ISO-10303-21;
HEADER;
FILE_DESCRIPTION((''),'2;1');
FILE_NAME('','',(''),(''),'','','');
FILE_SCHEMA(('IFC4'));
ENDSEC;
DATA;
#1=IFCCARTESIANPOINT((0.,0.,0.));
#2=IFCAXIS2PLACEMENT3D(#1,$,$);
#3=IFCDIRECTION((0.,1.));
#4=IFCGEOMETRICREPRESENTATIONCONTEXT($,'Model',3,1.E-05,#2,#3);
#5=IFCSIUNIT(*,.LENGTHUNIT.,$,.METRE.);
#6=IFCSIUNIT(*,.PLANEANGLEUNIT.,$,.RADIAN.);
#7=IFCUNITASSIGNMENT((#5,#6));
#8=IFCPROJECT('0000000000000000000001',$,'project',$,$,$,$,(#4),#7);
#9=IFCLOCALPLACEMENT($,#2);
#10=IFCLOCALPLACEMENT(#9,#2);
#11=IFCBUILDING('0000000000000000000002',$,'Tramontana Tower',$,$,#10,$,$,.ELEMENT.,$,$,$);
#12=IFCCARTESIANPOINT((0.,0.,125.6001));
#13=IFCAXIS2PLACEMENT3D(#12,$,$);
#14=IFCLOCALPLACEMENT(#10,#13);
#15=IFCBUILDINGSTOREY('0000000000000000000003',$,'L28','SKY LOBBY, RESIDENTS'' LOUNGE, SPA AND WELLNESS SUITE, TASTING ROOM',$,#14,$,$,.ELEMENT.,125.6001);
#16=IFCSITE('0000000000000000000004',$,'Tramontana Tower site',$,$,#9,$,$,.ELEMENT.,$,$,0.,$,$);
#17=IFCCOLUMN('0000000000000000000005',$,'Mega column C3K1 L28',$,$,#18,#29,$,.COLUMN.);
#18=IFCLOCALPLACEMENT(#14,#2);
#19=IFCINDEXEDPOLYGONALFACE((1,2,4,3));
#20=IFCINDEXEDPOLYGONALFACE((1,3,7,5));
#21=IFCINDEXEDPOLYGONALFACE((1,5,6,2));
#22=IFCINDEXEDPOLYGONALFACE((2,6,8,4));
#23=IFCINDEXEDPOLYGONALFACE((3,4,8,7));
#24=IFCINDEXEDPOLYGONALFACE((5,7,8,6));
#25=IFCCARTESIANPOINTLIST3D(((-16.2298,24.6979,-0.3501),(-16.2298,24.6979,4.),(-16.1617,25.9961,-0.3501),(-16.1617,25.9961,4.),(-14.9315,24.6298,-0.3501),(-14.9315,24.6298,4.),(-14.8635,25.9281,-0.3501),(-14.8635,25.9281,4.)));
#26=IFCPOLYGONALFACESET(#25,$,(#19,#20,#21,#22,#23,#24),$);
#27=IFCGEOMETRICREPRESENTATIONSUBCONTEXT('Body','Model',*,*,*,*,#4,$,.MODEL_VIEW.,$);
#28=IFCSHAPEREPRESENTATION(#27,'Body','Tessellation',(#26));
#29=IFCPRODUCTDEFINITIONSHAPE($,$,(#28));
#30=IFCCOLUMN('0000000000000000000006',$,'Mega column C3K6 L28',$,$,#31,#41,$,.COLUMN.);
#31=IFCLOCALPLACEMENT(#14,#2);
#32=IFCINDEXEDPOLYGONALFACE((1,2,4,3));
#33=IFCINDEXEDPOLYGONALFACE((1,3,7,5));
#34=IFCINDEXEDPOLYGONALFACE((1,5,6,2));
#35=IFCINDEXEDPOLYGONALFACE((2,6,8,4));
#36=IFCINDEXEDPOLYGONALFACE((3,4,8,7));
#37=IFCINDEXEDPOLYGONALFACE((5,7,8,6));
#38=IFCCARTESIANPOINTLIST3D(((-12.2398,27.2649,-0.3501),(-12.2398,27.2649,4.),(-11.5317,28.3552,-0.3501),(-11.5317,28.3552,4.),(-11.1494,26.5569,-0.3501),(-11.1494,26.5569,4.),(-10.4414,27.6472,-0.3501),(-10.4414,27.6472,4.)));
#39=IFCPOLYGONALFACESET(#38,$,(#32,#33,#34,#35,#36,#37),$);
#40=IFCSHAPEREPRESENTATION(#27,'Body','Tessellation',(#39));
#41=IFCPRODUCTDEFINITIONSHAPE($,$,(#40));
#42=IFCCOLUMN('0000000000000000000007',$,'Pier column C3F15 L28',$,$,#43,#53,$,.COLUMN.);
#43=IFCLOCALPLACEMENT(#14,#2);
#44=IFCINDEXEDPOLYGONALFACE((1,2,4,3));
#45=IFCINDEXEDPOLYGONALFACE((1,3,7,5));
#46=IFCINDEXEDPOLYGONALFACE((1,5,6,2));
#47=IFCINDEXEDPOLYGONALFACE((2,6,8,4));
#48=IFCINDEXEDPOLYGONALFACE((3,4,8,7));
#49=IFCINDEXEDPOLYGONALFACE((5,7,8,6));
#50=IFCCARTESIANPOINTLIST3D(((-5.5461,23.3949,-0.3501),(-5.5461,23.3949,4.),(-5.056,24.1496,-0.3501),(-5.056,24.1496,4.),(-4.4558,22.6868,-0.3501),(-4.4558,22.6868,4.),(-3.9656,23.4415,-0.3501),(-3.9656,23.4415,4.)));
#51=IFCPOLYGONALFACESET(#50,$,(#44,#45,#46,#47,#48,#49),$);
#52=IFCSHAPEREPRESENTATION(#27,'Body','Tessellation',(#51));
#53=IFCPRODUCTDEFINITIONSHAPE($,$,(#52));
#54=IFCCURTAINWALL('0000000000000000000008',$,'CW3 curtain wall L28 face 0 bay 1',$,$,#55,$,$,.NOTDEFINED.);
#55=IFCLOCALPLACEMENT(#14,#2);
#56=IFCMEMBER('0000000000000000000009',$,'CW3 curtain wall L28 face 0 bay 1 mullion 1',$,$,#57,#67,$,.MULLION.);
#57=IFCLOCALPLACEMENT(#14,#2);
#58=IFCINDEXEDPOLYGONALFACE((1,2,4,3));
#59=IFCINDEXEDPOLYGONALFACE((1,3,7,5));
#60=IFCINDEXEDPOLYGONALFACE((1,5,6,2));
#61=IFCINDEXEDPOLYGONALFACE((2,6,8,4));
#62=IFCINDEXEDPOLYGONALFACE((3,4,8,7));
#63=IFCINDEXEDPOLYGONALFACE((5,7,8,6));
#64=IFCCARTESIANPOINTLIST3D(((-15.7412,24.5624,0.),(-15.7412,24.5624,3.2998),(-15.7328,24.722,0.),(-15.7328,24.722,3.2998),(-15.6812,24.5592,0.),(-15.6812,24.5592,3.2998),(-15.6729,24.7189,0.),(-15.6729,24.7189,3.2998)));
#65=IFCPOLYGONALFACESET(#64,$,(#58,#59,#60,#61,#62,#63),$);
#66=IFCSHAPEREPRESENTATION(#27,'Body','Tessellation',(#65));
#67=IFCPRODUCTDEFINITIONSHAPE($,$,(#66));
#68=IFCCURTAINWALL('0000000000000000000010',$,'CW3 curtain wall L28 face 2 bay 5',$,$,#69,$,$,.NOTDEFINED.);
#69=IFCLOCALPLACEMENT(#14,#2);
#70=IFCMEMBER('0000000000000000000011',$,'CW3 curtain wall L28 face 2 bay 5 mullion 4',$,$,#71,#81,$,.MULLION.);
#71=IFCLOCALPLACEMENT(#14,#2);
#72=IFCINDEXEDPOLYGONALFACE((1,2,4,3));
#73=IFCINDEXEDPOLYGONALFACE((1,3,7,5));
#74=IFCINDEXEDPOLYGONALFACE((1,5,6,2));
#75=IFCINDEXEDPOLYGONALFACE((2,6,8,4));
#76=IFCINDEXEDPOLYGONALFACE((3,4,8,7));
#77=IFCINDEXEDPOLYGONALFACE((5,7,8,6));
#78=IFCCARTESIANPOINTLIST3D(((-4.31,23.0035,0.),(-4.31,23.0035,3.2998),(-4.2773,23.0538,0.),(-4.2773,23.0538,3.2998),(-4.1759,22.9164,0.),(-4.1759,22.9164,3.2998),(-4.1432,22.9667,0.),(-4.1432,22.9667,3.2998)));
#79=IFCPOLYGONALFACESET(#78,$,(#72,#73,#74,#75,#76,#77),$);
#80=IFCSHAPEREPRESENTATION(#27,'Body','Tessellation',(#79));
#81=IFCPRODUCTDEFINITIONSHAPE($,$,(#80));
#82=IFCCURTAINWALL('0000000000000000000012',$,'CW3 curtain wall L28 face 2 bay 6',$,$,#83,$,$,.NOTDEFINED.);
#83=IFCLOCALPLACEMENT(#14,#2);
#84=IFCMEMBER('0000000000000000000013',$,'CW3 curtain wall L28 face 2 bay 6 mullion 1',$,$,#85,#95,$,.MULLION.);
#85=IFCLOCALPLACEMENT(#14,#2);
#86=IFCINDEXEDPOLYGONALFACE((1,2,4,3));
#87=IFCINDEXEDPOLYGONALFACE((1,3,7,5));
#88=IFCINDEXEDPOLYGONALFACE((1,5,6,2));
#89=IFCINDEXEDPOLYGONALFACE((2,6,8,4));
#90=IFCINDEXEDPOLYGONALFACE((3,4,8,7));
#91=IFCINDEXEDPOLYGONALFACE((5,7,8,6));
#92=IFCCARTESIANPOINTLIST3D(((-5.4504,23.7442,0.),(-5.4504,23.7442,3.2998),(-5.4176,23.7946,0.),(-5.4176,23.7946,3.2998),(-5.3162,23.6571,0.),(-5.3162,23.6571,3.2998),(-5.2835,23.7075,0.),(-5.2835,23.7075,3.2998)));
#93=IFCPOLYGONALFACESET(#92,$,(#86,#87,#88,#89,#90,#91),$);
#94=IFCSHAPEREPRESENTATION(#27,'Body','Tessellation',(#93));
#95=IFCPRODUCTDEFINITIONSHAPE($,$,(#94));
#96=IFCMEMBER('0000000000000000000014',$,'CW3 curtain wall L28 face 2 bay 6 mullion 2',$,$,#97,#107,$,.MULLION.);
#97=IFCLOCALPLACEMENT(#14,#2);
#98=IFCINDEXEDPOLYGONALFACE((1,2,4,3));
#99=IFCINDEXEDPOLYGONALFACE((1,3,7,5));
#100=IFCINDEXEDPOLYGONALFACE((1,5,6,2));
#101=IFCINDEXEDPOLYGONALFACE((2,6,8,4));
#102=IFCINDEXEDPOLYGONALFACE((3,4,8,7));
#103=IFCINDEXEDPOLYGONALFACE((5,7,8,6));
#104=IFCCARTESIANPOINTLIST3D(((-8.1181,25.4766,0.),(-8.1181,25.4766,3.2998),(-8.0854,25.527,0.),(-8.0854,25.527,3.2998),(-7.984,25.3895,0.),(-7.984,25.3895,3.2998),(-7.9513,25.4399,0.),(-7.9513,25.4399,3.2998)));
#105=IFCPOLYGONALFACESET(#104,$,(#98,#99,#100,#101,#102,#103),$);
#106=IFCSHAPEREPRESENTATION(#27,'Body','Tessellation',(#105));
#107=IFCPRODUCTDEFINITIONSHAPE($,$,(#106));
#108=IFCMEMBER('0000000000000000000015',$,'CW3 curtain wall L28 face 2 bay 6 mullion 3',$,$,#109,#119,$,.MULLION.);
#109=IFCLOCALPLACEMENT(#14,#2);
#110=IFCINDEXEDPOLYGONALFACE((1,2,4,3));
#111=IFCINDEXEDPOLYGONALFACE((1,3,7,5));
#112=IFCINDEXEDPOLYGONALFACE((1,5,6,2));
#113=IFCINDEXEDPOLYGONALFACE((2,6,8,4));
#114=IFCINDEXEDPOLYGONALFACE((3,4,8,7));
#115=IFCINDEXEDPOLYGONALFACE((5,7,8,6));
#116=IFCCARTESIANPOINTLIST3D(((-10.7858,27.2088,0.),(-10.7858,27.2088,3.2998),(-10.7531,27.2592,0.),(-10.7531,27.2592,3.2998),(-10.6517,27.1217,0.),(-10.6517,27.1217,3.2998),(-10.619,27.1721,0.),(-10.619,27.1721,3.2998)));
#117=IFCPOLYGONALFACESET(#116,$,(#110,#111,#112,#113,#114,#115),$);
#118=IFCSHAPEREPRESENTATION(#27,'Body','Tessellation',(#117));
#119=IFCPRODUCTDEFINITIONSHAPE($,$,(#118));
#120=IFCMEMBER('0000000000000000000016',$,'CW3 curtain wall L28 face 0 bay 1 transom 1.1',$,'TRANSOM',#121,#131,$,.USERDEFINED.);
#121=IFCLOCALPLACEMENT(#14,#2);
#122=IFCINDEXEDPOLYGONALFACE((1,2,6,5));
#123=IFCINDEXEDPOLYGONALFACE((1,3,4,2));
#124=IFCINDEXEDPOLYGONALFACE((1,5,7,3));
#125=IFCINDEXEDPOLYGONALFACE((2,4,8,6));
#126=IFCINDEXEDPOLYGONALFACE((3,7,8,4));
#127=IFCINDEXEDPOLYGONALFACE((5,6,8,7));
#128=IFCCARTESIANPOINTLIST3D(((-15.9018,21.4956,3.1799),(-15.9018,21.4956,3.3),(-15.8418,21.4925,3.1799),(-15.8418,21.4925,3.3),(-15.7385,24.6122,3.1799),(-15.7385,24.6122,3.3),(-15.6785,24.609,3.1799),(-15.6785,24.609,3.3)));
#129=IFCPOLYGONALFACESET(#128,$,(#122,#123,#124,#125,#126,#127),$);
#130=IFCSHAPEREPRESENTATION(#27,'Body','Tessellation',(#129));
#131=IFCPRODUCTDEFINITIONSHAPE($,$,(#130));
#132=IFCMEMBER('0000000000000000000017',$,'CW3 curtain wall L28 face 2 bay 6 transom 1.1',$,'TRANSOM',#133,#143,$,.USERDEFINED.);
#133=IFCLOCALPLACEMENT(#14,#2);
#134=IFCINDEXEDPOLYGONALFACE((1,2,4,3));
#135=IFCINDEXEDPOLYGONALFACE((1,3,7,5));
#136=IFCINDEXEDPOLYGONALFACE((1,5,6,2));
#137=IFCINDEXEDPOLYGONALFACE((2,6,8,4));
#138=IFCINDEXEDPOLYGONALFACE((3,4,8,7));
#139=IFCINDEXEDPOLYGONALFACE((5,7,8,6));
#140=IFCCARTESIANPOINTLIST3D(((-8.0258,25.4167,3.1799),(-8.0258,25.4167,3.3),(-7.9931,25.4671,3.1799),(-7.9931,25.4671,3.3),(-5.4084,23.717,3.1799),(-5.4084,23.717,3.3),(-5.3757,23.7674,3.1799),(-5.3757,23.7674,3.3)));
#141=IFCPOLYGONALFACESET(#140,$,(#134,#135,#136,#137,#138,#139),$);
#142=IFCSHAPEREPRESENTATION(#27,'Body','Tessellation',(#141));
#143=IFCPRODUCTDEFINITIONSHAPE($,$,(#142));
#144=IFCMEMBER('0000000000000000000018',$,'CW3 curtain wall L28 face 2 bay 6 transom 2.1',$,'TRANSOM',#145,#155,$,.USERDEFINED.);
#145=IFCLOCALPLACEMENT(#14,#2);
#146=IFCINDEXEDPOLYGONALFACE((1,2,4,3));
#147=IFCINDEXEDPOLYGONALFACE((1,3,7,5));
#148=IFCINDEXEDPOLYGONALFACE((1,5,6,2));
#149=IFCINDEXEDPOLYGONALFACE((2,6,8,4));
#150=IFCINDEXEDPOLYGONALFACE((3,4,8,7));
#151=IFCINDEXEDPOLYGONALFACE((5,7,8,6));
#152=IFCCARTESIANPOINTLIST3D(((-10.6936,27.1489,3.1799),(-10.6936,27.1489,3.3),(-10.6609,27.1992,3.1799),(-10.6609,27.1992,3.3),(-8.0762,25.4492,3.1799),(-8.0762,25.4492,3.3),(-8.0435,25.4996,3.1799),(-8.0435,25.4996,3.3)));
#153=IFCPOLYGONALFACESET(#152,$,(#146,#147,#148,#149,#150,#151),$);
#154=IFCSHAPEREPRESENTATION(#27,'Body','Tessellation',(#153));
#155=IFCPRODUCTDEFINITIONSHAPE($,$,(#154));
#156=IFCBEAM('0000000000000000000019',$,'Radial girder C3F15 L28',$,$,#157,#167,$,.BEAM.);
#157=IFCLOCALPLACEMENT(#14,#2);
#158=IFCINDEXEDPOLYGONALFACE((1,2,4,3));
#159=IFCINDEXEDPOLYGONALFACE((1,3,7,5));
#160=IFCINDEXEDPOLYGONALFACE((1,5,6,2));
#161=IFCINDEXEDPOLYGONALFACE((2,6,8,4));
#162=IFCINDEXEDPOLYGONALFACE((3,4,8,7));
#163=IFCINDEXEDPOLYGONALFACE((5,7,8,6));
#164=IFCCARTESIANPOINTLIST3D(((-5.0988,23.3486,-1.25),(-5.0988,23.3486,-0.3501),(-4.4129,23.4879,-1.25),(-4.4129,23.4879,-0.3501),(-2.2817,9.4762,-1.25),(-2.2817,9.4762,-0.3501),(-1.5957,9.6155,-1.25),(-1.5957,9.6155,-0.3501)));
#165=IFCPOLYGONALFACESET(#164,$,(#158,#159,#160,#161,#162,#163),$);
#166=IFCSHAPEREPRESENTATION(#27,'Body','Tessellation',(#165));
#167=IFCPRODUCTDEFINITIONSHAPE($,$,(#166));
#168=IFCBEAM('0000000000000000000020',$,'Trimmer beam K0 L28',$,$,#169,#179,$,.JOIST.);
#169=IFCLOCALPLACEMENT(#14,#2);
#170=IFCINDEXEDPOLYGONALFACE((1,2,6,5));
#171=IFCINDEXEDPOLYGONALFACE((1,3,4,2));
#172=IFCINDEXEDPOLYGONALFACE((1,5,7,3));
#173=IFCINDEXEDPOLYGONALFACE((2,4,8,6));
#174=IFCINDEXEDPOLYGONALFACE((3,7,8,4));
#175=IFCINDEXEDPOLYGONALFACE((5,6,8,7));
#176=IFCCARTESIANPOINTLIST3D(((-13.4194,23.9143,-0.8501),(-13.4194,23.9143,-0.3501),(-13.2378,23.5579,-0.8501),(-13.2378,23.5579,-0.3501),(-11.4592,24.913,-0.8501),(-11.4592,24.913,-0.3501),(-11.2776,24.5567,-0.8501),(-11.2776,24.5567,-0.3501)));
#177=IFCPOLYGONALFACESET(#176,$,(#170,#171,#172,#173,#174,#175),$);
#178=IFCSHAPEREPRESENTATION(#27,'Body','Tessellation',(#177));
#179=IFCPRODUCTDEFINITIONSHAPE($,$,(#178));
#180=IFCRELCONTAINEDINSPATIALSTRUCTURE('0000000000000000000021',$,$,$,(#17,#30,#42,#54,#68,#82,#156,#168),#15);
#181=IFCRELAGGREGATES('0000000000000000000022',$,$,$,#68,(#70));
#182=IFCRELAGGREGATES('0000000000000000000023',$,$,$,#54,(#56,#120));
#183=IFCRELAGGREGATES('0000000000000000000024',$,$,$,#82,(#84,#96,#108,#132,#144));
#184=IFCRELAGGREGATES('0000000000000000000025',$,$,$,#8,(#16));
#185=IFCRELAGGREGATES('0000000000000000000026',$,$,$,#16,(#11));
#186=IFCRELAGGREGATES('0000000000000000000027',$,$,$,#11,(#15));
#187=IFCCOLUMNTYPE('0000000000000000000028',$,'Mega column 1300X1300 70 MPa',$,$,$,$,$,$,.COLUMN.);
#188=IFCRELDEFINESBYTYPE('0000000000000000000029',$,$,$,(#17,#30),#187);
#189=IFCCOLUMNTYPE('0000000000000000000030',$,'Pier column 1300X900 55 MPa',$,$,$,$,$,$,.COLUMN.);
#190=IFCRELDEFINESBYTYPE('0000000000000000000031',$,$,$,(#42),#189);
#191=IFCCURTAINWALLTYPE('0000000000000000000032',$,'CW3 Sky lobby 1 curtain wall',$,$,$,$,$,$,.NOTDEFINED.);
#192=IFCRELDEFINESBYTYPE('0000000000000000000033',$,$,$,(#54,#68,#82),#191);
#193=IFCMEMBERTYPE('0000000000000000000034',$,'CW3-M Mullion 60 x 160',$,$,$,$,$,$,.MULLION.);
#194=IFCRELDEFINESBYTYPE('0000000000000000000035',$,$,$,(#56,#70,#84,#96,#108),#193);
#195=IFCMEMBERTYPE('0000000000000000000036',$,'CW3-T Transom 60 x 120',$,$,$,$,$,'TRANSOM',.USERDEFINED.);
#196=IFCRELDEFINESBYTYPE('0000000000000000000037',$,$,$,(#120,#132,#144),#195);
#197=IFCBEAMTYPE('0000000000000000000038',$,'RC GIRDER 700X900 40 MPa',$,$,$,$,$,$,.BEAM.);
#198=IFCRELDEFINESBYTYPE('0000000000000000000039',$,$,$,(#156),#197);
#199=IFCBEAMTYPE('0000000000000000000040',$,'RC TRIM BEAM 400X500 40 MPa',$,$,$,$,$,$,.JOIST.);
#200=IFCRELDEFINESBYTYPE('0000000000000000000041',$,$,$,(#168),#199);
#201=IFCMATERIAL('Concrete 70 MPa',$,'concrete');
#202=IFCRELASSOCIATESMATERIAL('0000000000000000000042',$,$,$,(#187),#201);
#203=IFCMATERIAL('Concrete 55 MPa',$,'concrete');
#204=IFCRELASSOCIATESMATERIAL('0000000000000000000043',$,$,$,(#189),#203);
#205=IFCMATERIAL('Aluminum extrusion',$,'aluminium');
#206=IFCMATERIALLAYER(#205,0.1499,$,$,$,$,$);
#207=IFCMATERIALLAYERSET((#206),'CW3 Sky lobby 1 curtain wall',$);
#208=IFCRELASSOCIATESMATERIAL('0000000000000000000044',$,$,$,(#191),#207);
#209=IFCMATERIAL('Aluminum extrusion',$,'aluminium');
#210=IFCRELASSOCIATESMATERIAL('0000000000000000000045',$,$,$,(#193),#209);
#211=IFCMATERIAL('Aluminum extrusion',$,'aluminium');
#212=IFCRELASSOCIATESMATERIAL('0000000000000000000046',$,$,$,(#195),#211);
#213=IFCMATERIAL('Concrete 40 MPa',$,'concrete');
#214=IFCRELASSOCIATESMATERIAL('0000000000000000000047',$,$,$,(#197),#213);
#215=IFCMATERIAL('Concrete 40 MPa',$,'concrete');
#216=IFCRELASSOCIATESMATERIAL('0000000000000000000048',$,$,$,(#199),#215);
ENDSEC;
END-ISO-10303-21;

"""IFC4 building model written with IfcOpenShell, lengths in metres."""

from ifc_helpers import new_model, si_unit, direction, frame, origin, origin_2d, place, context, subcontext, project, spatial, rectangle, extrude, material, layer, layer_set, material_profile, profile_set, type_object, element, aggregate, save


model = new_model("IFC4")

# Units and contexts
model_context = context("Model", 3, precision=1e-05, world=origin(), true_north=direction((0.0, 1.0)))
body_context = subcontext(model_context, "Body", "Model", "MODEL_VIEW")
ifc_project = project(units=[si_unit("LENGTHUNIT", "METRE"), si_unit("PLANEANGLEUNIT", "RADIAN")], contexts=[model_context])

# Site, building, storey
site_placement = place(None, origin())
site = spatial("IfcSite", under=ifc_project, at=site_placement, Name="Tramontana Tower site", CompositionType="ELEMENT", RefElevation=0.0)
building_placement = place(site_placement, origin())
building = spatial("IfcBuilding", under=site, at=building_placement, Name="Tramontana Tower", CompositionType="ELEMENT")
storey_placement = place(building_placement, frame((0.0, 0.0, 125.6001)))
storey = spatial("IfcBuildingStorey", under=building, at=storey_placement, Name="L28", Description="SKY LOBBY, RESIDENTS' LOUNGE, SPA AND WELLNESS SUITE, TASTING ROOM", CompositionType="ELEMENT", Elevation=125.6001)

# Columns
ifc_material_1 = material(Name="Concrete 70 MPa", Category="concrete")
ifc_material_profile_1 = material_profile(ifc_material_1, rectangle(XDim=1.3, YDim=1.3, at=origin_2d()), Name="Mega column 1300X1300 70 MPa")
ifc_profile_set_1 = profile_set([ifc_material_profile_1], Name="Concrete 70 MPa")
column_type_1 = type_object("IfcColumnType", Name="Mega column 1300X1300 70 MPa", PredefinedType="COLUMN", material=ifc_profile_set_1)
for number, where, z_axis, x_axis, name in (
    (1, (-15.5466, 25.313, -0.3501), (0.0, 0.0, 1.0), (-0.052336, -0.99863, 0.0), "Mega column C3K1 L28"),
    (2, (-11.3406, 27.4561, -0.3501), (0.0, 0.0, 1.0), (-0.838671, 0.544639, 0.0), "Mega column C3K6 L28"),
):
    element("IfcColumn", number, at=place(storey_placement, frame(where, z_axis=z_axis, x_axis=x_axis)), inside=storey, type_object=column_type_1, Name=name, PredefinedType="COLUMN", context=body_context, shape_type="SweptSolid", body=[
        extrude(rectangle(XDim=1.3, YDim=1.3, at=origin_2d()), origin(), (0.0, 0.0, 1.0), 4.3501),
    ])
ifc_material_2 = material(Name="Concrete 55 MPa", Category="concrete")
ifc_material_profile_2 = material_profile(ifc_material_2, rectangle(XDim=1.3, YDim=0.8999, at=origin_2d()), Name="Pier column 1300X900 55 MPa")
ifc_profile_set_2 = profile_set([ifc_material_profile_2], Name="Concrete 55 MPa")
column_type_2 = type_object("IfcColumnType", Name="Pier column 1300X900 55 MPa", PredefinedType="COLUMN", material=ifc_profile_set_2)
column_placement = place(storey_placement, frame((-4.7559, 23.4182, -0.3501), z_axis=(0.0, 0.0, 1.0), x_axis=(-0.838671, 0.544639, 0.0)))
element("IfcColumn", 3, at=column_placement, inside=storey, type_object=column_type_2, Name="Pier column C3F15 L28", PredefinedType="COLUMN", context=body_context, shape_type="SweptSolid", body=[
    extrude(rectangle(XDim=1.3, YDim=0.8999, at=origin_2d()), origin(), (0.0, 0.0, 1.0), 4.3501),
])

# Curtain walls, members
ifc_material_3 = material(Name="Aluminum extrusion", Category="aluminium")
ifc_layer_1 = layer(ifc_material_3, 0.1499)
ifc_layer_set_1 = layer_set([ifc_layer_1], Name="CW3 Sky lobby 1 curtain wall")
curtain_wall_type = type_object("IfcCurtainWallType", Name="CW3 Sky lobby 1 curtain wall", PredefinedType="NOTDEFINED", material=ifc_layer_set_1)
curtain_wall_1_placement = place(storey_placement, origin())
curtain_wall_1 = element("IfcCurtainWall", 4, at=curtain_wall_1_placement, inside=storey, type_object=curtain_wall_type, Name="CW3 curtain wall L28 face 0 bay 1", PredefinedType="NOTDEFINED")
ifc_material_4 = material(Name="Aluminum extrusion", Category="aluminium")
ifc_material_profile_3 = material_profile(ifc_material_4, rectangle(XDim=0.0601, YDim=0.1599, at=origin_2d()), Name="CW3-M Mullion 60 x 160")
ifc_profile_set_3 = profile_set([ifc_material_profile_3], Name="Aluminum extrusion")
member_type_1 = type_object("IfcMemberType", Name="CW3-M Mullion 60 x 160", PredefinedType="MULLION", material=ifc_profile_set_3)
member_1_placement = place(storey_placement, frame((-15.707, 24.6406, 0.0), z_axis=(0.0, 0.0, 1.0), x_axis=(0.99863, -0.052336, 0.0)))
member_1 = element("IfcMember", 5, at=member_1_placement, type_object=member_type_1, Name="CW3 curtain wall L28 face 0 bay 1 mullion 1", PredefinedType="MULLION", context=body_context, shape_type="SweptSolid", body=[
    extrude(rectangle(XDim=0.0601, YDim=0.1599, at=origin_2d()), origin(), (0.0, 0.0, 1.0), 3.2998),
])
curtain_wall_2_placement = place(storey_placement, origin())
curtain_wall_2 = element("IfcCurtainWall", 6, at=curtain_wall_2_placement, inside=storey, type_object=curtain_wall_type, Name="CW3 curtain wall L28 face 2 bay 5", PredefinedType="NOTDEFINED")
member_2_placement = place(storey_placement, frame((-4.2266, 22.9851, 0.0), z_axis=(0.0, 0.0, 1.0), x_axis=(-0.544639, -0.838671, 0.0)))
member_2 = element("IfcMember", 7, at=member_2_placement, type_object=member_type_1, Name="CW3 curtain wall L28 face 2 bay 5 mullion 4", PredefinedType="MULLION", context=body_context, shape_type="SweptSolid", body=[
    extrude(rectangle(XDim=0.0601, YDim=0.1599, at=origin_2d()), origin(), (0.0, 0.0, 1.0), 3.2998),
])
aggregate(curtain_wall_2, [member_2])

# Curtain wall, members
curtain_wall_3_placement = place(storey_placement, origin())
curtain_wall_3 = element("IfcCurtainWall", 8, at=curtain_wall_3_placement, inside=storey, type_object=curtain_wall_type, Name="CW3 curtain wall L28 face 2 bay 6", PredefinedType="NOTDEFINED")
member_3_placement = place(storey_placement, frame((-5.3669, 23.7258, 0.0), z_axis=(0.0, 0.0, 1.0), x_axis=(-0.544639, -0.838671, 0.0)))
member_3 = element("IfcMember", 9, at=member_3_placement, type_object=member_type_1, Name="CW3 curtain wall L28 face 2 bay 6 mullion 1", PredefinedType="MULLION", context=body_context, shape_type="SweptSolid", body=[
    extrude(rectangle(XDim=0.0601, YDim=0.1599, at=origin_2d()), origin(), (0.0, 0.0, 1.0), 3.2998),
])
member_4_placement = place(storey_placement, frame((-8.0347, 25.4583, 0.0), z_axis=(0.0, 0.0, 1.0), x_axis=(-0.544639, -0.838671, 0.0)))
member_4 = element("IfcMember", 10, at=member_4_placement, type_object=member_type_1, Name="CW3 curtain wall L28 face 2 bay 6 mullion 2", PredefinedType="MULLION", context=body_context, shape_type="SweptSolid", body=[
    extrude(rectangle(XDim=0.0601, YDim=0.1599, at=origin_2d()), origin(), (0.0, 0.0, 1.0), 3.2998),
])
member_5_placement = place(storey_placement, frame((-10.7024, 27.1904, 0.0), z_axis=(0.0, 0.0, 1.0), x_axis=(-0.544639, -0.838671, 0.0)))
member_5 = element("IfcMember", 11, at=member_5_placement, type_object=member_type_1, Name="CW3 curtain wall L28 face 2 bay 6 mullion 3", PredefinedType="MULLION", context=body_context, shape_type="SweptSolid", body=[
    extrude(rectangle(XDim=0.0601, YDim=0.1599, at=origin_2d()), origin(), (0.0, 0.0, 1.0), 3.2998),
])

# Members
ifc_material_5 = material(Name="Aluminum extrusion", Category="aluminium")
ifc_material_profile_4 = material_profile(ifc_material_5, rectangle(XDim=0.0601, YDim=0.1201, at=origin_2d()), Name="CW3-T Transom 60 x 120")
ifc_profile_set_4 = profile_set([ifc_material_profile_4], Name="Aluminum extrusion")
member_type_2 = type_object("IfcMemberType", Name="CW3-T Transom 60 x 120", ElementType="TRANSOM", PredefinedType="USERDEFINED", material=ifc_profile_set_4)
member_6_placement = place(storey_placement, frame((-15.7085, 24.6106, 3.24), z_axis=(-0.052337, -0.998629, 0.0), x_axis=(0.998629, -0.052337, 0.0)))
member_6 = element("IfcMember", 12, at=member_6_placement, type_object=member_type_2, Name="CW3 curtain wall L28 face 0 bay 1 transom 1.1", ObjectType="TRANSOM", PredefinedType="USERDEFINED", context=body_context, shape_type="SweptSolid", body=[
    extrude(rectangle(XDim=0.0601, YDim=0.1201, at=origin_2d()), origin(), (0.0, 0.0, 1.0), 3.1208),
])
member_7_placement = place(storey_placement, frame((-5.3921, 23.7422, 3.24), z_axis=(-0.838681, 0.544623, 0.0), x_axis=(-0.544623, -0.838681, 0.0)))
member_7 = element("IfcMember", 13, at=member_7_placement, type_object=member_type_2, Name="CW3 curtain wall L28 face 2 bay 6 transom 1.1", ObjectType="TRANSOM", PredefinedType="USERDEFINED", context=body_context, shape_type="SweptSolid", body=[
    extrude(rectangle(XDim=0.0601, YDim=0.1201, at=origin_2d()), origin(), (0.0, 0.0, 1.0), 3.1208),
])
member_8_placement = place(storey_placement, frame((-8.0598, 25.4744, 3.24), z_axis=(-0.838681, 0.544623, 0.0), x_axis=(-0.544623, -0.838681, 0.0)))
member_8 = element("IfcMember", 14, at=member_8_placement, type_object=member_type_2, Name="CW3 curtain wall L28 face 2 bay 6 transom 2.1", ObjectType="TRANSOM", PredefinedType="USERDEFINED", context=body_context, shape_type="SweptSolid", body=[
    extrude(rectangle(XDim=0.0601, YDim=0.1201, at=origin_2d()), origin(), (0.0, 0.0, 1.0), 3.1208),
])

# Beams
ifc_material_6 = material(Name="Concrete 40 MPa", Category="concrete")
ifc_material_profile_5 = material_profile(ifc_material_6, rectangle(XDim=0.7, YDim=0.8999, at=origin_2d()), Name="RC GIRDER 700X900 40 MPa")
ifc_profile_set_5 = profile_set([ifc_material_profile_5], Name="Concrete 40 MPa")
beam_type_1 = type_object("IfcBeamType", Name="RC GIRDER 700X900 40 MPa", PredefinedType="BEAM", material=ifc_profile_set_5)
beam_1_placement = place(storey_placement, frame((-4.7559, 23.4182, -0.8), z_axis=(0.199014, -0.979997, 0.0), x_axis=(0.979997, 0.199014, 0.0)))
element("IfcBeam", 15, at=beam_1_placement, inside=storey, type_object=beam_type_1, Name="Radial girder C3F15 L28", PredefinedType="BEAM", context=body_context, shape_type="SweptSolid", body=[
    extrude(rectangle(XDim=0.7, YDim=0.8999, at=origin_2d()), origin(), (0.0, 0.0, 1.0), 14.1555),
])
ifc_material_7 = material(Name="Concrete 40 MPa", Category="concrete")
ifc_material_profile_6 = material_profile(ifc_material_7, rectangle(XDim=0.3999, YDim=0.5, at=origin_2d()), Name="RC TRIM BEAM 400X500 40 MPa")
ifc_profile_set_6 = profile_set([ifc_material_profile_6], Name="Concrete 40 MPa")
beam_type_2 = type_object("IfcBeamType", Name="RC TRIM BEAM 400X500 40 MPa", PredefinedType="JOIST", material=ifc_profile_set_6)
beam_2_placement = place(storey_placement, frame((-11.3684, 24.7349, -0.6001), z_axis=(-0.891006, -0.453992, 0.0), x_axis=(0.453992, -0.891006, 0.0)))
element("IfcBeam", 16, at=beam_2_placement, inside=storey, type_object=beam_type_2, Name="Trimmer beam K0 L28", PredefinedType="JOIST", context=body_context, shape_type="SweptSolid", body=[
    extrude(rectangle(XDim=0.3999, YDim=0.5, at=origin_2d()), origin(), (0.0, 0.0, 1.0), 2.2),
])

aggregate(curtain_wall_1, [member_1, member_6])
aggregate(curtain_wall_3, [member_3, member_4, member_5, member_7, member_8])

save(model, "model.ifc")
